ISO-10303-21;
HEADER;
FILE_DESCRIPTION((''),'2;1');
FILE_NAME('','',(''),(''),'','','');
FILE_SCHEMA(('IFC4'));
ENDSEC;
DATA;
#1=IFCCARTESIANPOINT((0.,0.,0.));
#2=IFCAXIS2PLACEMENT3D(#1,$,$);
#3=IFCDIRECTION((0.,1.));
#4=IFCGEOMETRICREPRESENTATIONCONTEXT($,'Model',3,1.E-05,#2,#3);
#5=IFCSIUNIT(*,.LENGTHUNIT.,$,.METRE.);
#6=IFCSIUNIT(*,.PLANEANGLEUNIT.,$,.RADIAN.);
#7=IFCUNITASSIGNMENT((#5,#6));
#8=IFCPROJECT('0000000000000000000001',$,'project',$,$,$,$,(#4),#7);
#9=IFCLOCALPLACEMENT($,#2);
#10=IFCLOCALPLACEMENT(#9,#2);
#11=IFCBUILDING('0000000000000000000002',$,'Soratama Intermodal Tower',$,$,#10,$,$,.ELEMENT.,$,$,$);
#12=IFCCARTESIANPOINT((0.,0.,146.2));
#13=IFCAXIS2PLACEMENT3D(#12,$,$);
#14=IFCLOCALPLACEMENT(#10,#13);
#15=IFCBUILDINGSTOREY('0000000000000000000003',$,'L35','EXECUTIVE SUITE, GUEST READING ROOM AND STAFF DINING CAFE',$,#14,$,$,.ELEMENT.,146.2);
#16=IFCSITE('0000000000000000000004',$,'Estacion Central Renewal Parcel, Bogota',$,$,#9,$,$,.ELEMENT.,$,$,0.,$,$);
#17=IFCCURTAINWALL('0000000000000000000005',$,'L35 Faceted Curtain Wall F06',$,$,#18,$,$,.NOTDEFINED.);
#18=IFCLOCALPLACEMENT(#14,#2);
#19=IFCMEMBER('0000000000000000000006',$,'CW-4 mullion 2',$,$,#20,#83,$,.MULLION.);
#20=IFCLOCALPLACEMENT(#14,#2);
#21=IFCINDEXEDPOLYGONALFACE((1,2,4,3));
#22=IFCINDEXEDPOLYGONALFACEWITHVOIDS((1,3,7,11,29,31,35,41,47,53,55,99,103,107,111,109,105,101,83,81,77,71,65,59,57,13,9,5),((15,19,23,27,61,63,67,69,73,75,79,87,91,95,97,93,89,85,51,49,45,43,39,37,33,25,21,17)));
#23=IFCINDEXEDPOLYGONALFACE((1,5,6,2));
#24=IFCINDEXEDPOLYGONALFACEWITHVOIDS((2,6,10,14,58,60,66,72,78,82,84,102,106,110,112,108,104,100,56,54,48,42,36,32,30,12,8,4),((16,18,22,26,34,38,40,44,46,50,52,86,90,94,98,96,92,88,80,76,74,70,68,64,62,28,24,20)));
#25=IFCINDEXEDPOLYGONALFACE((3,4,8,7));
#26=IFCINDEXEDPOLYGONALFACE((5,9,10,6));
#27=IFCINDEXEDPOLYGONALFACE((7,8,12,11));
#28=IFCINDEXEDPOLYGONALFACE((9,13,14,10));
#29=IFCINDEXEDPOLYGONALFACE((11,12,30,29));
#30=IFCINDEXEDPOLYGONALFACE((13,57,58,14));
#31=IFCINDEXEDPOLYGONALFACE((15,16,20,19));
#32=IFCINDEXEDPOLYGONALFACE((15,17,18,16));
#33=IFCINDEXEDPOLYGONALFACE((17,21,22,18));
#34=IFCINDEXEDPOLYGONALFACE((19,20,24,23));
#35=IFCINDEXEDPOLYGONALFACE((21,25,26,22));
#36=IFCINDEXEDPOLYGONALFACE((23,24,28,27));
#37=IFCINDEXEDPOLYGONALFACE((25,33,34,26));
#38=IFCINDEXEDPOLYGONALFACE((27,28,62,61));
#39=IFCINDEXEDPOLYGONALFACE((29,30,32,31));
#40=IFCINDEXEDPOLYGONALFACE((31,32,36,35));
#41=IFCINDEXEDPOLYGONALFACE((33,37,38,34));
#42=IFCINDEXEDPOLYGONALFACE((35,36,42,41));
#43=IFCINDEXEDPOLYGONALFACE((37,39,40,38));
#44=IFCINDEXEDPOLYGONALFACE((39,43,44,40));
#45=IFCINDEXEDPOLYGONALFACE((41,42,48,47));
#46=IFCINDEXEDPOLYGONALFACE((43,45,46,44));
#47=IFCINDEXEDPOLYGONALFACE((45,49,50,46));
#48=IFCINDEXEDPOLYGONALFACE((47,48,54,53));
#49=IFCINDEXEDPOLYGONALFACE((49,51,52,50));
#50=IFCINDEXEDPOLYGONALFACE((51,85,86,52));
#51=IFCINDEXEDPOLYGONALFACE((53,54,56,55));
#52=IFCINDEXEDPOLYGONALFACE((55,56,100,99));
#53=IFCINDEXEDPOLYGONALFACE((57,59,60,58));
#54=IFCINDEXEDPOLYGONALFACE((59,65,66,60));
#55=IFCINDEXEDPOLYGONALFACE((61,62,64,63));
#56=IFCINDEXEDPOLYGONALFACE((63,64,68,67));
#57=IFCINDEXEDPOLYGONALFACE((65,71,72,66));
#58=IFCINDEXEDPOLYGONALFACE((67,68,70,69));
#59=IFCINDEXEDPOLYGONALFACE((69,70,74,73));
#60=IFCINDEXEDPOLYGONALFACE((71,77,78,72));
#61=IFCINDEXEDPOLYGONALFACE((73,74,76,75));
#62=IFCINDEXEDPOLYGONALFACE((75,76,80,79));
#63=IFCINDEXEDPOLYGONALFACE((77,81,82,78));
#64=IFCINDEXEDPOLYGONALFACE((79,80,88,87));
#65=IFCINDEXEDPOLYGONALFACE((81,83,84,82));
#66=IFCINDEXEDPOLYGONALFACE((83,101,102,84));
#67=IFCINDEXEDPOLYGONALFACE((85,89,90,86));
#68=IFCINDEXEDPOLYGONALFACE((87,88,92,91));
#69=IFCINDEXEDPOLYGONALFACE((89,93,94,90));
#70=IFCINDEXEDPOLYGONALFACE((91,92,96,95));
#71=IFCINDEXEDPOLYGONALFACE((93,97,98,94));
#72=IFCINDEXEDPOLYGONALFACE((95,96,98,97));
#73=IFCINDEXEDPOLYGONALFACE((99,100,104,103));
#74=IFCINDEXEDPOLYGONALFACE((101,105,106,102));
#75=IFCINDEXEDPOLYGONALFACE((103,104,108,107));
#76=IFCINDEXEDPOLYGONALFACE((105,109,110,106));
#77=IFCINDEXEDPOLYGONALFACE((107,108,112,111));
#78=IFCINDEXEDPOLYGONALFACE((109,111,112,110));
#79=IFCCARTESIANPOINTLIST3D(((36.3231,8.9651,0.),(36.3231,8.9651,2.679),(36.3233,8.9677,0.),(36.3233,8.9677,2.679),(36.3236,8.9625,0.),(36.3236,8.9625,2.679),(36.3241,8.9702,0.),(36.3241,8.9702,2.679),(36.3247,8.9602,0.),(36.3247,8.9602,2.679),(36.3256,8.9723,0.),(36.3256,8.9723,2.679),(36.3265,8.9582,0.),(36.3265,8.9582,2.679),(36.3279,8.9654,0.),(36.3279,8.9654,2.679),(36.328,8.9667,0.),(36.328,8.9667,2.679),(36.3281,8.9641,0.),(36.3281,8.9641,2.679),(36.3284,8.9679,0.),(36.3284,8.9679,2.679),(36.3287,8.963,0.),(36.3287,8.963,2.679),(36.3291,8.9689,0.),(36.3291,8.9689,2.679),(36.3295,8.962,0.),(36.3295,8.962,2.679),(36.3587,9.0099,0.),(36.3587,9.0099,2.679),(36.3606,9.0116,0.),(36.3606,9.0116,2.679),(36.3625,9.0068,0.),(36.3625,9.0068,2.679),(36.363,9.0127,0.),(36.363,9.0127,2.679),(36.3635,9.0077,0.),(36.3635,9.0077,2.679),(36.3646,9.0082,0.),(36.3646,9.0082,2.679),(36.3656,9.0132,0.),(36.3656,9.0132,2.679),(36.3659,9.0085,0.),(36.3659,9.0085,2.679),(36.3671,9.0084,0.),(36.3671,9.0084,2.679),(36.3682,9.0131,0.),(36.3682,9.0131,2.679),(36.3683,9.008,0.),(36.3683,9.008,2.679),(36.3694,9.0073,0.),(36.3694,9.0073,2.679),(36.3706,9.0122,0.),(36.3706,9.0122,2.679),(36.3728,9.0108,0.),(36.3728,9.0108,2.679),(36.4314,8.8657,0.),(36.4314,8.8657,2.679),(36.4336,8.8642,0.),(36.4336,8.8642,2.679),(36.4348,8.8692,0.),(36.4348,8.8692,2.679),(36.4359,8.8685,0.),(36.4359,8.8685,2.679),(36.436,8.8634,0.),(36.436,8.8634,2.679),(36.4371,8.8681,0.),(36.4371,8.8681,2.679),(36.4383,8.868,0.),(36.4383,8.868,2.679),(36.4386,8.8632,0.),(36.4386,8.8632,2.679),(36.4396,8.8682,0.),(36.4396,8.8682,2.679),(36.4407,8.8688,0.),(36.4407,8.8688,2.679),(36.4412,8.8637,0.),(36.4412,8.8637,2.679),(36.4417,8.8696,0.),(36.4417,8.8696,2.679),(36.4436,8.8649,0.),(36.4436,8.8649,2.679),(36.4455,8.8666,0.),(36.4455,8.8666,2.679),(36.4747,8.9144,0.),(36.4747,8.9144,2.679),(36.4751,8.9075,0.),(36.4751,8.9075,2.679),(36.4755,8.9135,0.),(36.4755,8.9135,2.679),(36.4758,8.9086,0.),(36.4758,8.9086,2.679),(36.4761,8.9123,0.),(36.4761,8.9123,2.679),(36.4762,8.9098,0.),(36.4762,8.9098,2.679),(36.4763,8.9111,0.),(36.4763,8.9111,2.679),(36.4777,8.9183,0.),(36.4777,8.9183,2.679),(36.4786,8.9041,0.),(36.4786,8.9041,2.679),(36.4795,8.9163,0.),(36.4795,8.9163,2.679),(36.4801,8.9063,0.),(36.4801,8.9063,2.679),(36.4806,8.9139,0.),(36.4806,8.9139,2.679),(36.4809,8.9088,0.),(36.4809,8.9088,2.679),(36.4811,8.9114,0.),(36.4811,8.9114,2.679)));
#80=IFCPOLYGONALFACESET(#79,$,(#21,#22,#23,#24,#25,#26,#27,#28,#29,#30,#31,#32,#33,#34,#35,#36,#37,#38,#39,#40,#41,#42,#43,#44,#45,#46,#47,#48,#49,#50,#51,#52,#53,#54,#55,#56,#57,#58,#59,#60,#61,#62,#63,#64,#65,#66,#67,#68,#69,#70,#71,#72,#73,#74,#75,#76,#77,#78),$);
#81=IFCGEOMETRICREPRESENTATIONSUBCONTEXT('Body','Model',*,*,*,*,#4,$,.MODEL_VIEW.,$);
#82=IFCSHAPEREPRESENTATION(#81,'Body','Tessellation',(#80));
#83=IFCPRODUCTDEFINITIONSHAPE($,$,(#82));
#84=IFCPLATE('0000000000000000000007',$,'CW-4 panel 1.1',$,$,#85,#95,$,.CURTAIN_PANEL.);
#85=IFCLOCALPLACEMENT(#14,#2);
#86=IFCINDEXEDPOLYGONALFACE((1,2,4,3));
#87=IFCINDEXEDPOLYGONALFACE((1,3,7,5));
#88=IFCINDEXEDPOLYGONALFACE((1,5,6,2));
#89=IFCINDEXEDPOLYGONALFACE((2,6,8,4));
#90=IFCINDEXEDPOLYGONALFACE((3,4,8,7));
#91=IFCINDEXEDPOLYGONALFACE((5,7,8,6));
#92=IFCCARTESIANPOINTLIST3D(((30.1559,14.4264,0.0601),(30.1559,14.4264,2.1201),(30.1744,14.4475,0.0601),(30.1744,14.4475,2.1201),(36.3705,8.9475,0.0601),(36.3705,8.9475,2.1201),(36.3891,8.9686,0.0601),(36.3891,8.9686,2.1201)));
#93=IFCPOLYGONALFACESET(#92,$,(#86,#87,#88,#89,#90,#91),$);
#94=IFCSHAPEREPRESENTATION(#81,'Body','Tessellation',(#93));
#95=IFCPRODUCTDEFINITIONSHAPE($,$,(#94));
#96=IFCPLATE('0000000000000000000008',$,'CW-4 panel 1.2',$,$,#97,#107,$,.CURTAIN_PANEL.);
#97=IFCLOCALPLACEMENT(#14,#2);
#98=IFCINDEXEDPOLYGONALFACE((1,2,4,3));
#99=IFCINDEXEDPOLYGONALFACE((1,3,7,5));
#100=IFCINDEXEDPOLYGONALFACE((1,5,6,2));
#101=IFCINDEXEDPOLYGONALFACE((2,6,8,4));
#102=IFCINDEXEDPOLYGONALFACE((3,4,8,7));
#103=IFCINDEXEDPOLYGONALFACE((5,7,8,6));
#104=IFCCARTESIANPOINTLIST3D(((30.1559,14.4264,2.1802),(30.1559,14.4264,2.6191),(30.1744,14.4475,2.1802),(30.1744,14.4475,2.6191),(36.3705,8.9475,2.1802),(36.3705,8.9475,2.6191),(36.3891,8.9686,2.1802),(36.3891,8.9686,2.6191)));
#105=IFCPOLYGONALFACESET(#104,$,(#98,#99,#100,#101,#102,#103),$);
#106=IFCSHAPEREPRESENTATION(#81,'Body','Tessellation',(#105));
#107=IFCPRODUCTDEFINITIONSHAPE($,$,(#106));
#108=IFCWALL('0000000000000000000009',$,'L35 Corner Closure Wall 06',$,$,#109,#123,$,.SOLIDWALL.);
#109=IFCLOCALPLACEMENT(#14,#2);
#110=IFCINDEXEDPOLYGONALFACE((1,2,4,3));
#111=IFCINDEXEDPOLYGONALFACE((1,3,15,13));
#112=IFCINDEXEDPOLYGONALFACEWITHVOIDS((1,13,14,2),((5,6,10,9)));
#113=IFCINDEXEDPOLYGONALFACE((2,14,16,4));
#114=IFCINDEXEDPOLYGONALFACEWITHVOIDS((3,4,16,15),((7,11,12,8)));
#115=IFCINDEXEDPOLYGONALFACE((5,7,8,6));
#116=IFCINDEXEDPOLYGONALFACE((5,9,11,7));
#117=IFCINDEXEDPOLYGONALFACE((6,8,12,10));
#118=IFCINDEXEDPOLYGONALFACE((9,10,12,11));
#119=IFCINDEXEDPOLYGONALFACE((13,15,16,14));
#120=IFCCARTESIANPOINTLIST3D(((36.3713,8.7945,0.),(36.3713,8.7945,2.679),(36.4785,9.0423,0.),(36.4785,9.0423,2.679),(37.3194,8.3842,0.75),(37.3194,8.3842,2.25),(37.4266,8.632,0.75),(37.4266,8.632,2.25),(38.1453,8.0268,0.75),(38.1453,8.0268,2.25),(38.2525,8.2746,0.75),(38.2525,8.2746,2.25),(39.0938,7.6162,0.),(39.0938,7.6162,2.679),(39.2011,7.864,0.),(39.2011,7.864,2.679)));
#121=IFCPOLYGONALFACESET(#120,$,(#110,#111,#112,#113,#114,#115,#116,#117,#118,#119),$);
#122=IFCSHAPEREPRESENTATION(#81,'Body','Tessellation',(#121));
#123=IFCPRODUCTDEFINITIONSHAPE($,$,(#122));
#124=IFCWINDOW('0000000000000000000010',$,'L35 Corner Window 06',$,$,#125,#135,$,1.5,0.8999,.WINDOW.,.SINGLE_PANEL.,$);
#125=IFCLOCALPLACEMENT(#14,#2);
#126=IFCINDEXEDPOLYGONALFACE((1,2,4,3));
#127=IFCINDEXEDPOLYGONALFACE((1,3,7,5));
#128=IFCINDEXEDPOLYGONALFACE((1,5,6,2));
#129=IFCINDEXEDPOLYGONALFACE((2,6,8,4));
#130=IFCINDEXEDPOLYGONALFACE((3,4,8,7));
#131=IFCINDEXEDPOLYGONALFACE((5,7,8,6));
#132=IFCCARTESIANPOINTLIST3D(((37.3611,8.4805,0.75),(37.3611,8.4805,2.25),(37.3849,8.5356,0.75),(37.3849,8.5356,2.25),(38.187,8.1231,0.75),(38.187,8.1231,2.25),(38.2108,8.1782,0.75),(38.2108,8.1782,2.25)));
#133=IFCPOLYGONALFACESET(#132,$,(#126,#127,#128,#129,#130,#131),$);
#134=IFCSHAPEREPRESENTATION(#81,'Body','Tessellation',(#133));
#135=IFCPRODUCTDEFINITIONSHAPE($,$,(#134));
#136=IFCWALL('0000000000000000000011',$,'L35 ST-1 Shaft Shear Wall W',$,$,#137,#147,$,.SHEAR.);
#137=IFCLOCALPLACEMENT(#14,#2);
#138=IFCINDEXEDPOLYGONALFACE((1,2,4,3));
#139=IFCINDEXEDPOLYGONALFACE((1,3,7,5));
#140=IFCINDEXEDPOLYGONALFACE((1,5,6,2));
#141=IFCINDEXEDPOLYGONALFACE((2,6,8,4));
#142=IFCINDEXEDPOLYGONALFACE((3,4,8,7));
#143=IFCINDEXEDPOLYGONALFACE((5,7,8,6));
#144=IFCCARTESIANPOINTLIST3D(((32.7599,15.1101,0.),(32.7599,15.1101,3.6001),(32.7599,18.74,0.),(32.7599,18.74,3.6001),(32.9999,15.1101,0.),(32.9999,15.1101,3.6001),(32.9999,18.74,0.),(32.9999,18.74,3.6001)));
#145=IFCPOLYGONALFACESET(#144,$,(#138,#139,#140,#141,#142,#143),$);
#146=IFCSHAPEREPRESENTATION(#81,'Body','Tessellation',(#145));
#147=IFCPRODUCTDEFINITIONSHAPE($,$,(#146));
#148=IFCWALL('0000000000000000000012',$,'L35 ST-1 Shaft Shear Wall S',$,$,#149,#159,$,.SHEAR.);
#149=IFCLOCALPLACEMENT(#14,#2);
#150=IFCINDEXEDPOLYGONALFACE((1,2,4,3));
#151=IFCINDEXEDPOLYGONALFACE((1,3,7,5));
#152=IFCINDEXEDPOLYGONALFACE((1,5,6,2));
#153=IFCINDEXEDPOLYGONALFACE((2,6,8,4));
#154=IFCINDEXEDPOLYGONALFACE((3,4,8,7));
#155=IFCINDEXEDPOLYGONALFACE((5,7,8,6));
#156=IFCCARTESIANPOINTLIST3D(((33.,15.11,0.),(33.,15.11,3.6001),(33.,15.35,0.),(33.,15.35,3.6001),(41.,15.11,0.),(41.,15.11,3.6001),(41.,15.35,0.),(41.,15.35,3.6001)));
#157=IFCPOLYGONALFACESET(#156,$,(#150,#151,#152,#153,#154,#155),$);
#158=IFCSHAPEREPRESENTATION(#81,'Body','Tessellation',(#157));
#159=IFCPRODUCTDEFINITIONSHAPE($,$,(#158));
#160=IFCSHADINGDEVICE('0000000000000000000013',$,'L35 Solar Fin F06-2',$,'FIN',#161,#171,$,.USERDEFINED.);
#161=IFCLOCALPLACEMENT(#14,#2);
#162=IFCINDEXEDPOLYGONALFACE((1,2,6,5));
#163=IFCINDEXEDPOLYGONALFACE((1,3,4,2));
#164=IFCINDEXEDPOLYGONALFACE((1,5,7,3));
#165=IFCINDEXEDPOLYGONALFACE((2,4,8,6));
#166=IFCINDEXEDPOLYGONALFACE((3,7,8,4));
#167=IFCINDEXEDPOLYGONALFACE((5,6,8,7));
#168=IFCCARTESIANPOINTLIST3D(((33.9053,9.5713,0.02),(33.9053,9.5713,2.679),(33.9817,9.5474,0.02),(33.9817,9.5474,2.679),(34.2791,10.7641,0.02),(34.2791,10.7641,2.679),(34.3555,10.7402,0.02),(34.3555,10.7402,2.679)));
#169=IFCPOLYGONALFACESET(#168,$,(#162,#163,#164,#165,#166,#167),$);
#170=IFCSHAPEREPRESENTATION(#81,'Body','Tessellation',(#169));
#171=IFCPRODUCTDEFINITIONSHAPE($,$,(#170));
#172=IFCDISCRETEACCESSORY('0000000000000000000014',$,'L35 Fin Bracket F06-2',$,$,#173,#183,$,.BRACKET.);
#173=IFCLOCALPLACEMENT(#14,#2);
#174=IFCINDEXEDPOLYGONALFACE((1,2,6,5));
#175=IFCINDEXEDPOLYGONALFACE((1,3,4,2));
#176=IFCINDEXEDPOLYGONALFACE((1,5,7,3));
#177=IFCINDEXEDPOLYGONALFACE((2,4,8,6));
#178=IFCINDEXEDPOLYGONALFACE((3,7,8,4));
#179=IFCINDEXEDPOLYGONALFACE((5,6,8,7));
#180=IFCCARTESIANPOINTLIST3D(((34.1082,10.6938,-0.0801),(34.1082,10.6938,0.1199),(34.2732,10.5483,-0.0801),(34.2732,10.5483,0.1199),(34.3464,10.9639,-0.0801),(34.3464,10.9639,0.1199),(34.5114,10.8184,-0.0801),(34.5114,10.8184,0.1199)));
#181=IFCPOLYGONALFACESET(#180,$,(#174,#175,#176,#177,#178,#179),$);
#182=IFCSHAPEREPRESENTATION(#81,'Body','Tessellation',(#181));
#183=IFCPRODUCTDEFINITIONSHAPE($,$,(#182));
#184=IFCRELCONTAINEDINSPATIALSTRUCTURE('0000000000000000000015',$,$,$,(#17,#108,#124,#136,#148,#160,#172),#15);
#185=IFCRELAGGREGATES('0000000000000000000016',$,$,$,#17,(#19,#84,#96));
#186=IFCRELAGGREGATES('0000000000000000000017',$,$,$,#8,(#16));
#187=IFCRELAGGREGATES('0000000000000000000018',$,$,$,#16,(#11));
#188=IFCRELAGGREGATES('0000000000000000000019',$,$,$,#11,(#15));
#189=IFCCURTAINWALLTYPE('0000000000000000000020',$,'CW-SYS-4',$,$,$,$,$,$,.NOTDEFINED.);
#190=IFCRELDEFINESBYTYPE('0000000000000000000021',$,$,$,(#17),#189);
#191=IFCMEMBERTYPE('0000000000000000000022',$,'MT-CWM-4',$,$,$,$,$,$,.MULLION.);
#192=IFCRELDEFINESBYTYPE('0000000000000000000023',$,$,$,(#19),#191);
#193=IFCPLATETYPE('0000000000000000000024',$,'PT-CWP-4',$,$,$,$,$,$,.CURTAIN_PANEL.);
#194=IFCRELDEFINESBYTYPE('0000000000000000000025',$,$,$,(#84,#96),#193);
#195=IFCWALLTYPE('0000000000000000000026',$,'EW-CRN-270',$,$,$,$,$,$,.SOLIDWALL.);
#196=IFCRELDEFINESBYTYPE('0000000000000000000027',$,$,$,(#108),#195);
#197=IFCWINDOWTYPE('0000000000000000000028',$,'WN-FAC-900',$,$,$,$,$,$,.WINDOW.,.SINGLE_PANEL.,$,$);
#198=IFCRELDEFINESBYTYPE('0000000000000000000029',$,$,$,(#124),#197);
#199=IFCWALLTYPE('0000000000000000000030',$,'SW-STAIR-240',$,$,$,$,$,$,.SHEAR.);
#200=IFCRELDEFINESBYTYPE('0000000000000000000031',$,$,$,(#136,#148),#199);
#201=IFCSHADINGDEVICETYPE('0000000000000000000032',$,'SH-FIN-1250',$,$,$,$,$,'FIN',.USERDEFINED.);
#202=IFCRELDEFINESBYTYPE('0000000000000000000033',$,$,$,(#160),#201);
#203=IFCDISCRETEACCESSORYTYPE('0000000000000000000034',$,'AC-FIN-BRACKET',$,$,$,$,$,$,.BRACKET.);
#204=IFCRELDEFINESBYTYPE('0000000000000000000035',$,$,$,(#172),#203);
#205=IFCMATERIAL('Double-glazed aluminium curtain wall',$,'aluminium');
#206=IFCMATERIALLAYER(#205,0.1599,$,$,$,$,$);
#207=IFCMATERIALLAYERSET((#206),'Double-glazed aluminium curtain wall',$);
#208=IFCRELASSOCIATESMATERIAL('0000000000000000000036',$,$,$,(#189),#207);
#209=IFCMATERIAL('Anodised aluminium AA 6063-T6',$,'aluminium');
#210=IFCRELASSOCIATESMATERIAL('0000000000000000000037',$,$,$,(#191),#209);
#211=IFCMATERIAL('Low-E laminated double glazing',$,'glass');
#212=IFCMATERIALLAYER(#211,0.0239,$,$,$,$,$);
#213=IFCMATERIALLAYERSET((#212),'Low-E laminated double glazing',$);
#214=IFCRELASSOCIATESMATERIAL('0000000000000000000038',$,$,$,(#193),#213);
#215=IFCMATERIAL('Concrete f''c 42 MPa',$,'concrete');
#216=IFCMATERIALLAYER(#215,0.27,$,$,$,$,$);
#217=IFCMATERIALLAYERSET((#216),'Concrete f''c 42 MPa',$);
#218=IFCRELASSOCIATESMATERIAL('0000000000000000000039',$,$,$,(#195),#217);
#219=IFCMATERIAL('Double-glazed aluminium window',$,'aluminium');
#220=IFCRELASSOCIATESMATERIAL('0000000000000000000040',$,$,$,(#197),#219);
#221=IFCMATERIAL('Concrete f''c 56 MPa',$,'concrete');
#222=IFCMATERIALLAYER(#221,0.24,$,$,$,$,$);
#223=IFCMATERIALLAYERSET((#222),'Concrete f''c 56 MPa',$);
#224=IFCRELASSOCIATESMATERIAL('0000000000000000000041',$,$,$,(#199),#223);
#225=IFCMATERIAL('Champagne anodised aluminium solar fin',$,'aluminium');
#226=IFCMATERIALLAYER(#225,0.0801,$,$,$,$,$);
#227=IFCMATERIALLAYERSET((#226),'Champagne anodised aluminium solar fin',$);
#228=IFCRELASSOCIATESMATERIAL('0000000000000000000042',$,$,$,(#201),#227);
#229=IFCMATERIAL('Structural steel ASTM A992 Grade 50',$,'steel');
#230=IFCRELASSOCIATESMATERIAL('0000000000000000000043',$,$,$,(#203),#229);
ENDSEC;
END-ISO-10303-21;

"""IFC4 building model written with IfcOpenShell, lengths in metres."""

from ifc_helpers import new_model, si_unit, direction, frame, frame_2d, origin, origin_2d, place, context, subcontext, project, spatial, rectangle, hollow_rectangle, extrude, material, layer, layer_set, material_profile, profile_set, type_object, element, fill, aggregate, save


model = new_model("IFC4")

# Units and contexts
model_context = context("Model", 3, precision=1e-05, world=origin(), true_north=direction((0.0, 1.0)))
body_context = subcontext(model_context, "Body", "Model", "MODEL_VIEW")
ifc_project = project(units=[si_unit("LENGTHUNIT", "METRE"), si_unit("PLANEANGLEUNIT", "RADIAN")], contexts=[model_context])

# Site, building, storey
site_placement = place(None, origin())
site = spatial("IfcSite", under=ifc_project, at=site_placement, Name="Estacion Central Renewal Parcel, Bogota", CompositionType="ELEMENT", RefElevation=0.0)
building_placement = place(site_placement, origin())
building = spatial("IfcBuilding", under=site, at=building_placement, Name="Soratama Intermodal Tower", CompositionType="ELEMENT")
storey_placement = place(building_placement, frame((0.0, 0.0, 146.2)))
storey = spatial("IfcBuildingStorey", under=building, at=storey_placement, Name="L35", Description="EXECUTIVE SUITE, GUEST READING ROOM AND STAFF DINING CAFE", CompositionType="ELEMENT", Elevation=146.2)

# Curtain wall, member, plates
ifc_material_1 = material(Name="Double-glazed aluminium curtain wall", Category="aluminium")
ifc_layer_1 = layer(ifc_material_1, 0.1599)
ifc_layer_set_1 = layer_set([ifc_layer_1], Name="Double-glazed aluminium curtain wall")
curtain_wall_type = type_object("IfcCurtainWallType", Name="CW-SYS-4", PredefinedType="NOTDEFINED", material=ifc_layer_set_1)
curtain_wall_placement = place(storey_placement, origin())
curtain_wall = element("IfcCurtainWall", 1, at=curtain_wall_placement, inside=storey, type_object=curtain_wall_type, Name="L35 Faceted Curtain Wall F06", PredefinedType="NOTDEFINED")
ifc_material_2 = material(Name="Anodised aluminium AA 6063-T6", Category="aluminium")
ifc_material_profile_1 = material_profile(ifc_material_2, hollow_rectangle(XDim=0.0701, YDim=0.1599, WallThickness=0.0049, InnerFilletRadius=0.0049, OuterFilletRadius=0.01, at=origin_2d()), Name="CWM160X70X5")
ifc_profile_set_1 = profile_set([ifc_material_profile_1], Name="Anodised aluminium AA 6063-T6")
member_type = type_object("IfcMemberType", Name="MT-CWM-4", PredefinedType="MULLION", material=ifc_profile_set_1)
member_placement = place(storey_placement, frame((36.4021, 8.9382, 0.0), z_axis=(0.0, 0.0, 1.0), x_axis=(0.661309, 0.750113, 0.0)))
member = element("IfcMember", 2, at=member_placement, type_object=member_type, Name="CW-4 mullion 2", PredefinedType="MULLION", context=body_context, shape_type="SweptSolid", body=[
    extrude(hollow_rectangle(XDim=0.0701, YDim=0.1599, WallThickness=0.0049, InnerFilletRadius=0.0049, OuterFilletRadius=0.01, at=origin_2d()), origin(), (0.0, 0.0, 1.0), 2.679),
])
ifc_material_3 = material(Name="Low-E laminated double glazing", Category="glass")
ifc_layer_2 = layer(ifc_material_3, 0.0239)
ifc_layer_set_2 = layer_set([ifc_layer_2], Name="Low-E laminated double glazing")
plate_type = type_object("IfcPlateType", Name="PT-CWP-4", PredefinedType="CURTAIN_PANEL", material=ifc_layer_set_2)
plate_1_placement = place(storey_placement, frame((33.2725, 11.6975, 0.0601), z_axis=(0.0, 0.0, 1.0), x_axis=(0.750113, -0.661309, 0.0)))
plate_1 = element("IfcPlate", 3, at=plate_1_placement, type_object=plate_type, Name="CW-4 panel 1.1", PredefinedType="CURTAIN_PANEL", context=body_context, shape_type="SweptSolid", body=[
    extrude(rectangle(XDim=8.2849, YDim=0.0281, at=origin_2d()), origin(), (0.0, 0.0, 1.0), 2.0601),
])
plate_2_placement = place(storey_placement, frame((33.2725, 11.6975, 2.1802), z_axis=(0.0, 0.0, 1.0), x_axis=(0.750113, -0.661309, 0.0)))
plate_2 = element("IfcPlate", 4, at=plate_2_placement, type_object=plate_type, Name="CW-4 panel 1.2", PredefinedType="CURTAIN_PANEL", context=body_context, shape_type="SweptSolid", body=[
    extrude(rectangle(XDim=8.2849, YDim=0.0281, at=origin_2d()), origin(), (0.0, 0.0, 1.0), 0.439),
])
aggregate(curtain_wall, [member, plate_1, plate_2])

# Wall, opening, window
ifc_material_4 = material(Name="Concrete f'c 42 MPa", Category="concrete")
ifc_layer_3 = layer(ifc_material_4, 0.27)
ifc_layer_set_3 = layer_set([ifc_layer_3], Name="Concrete f'c 42 MPa")
wall_type_1 = type_object("IfcWallType", Name="EW-CRN-270", PredefinedType="SOLIDWALL", material=ifc_layer_set_3)
wall_1_placement = place(storey_placement, frame((36.4248, 8.9185, 0.0), z_axis=(0.0, 0.0, 1.0), x_axis=(0.917739, -0.397185, 0.0)))
wall_1 = element("IfcWall", 5, at=wall_1_placement, inside=storey, type_object=wall_type_1, Name="L35 Corner Closure Wall 06", PredefinedType="SOLIDWALL", context=body_context, shape_type="SweptSolid", body=[
    extrude(rectangle(XDim=2.9666, YDim=0.27, at=frame_2d((1.4834, 0.0))), origin(), (0.0, 0.0, 1.0), 2.679),
])
opening_1_placement = place(wall_1_placement, frame((1.0332, 0.0, 0.75)))
opening_1 = element("IfcOpeningElement", 6, at=opening_1_placement, cuts=wall_1, PredefinedType="OPENING", context=body_context, shape_type="SweptSolid", body=[
    extrude(rectangle(XDim=0.8999, YDim=1.5, at=frame_2d((0.45, 0.75))), frame((0.0, 0.145, 0.0), z_axis=(0.0, -1.0, 0.0), x_axis=(1.0, 0.0, 0.0)), (0.0, 0.0, 1.0), 0.29),
])
ifc_material_5 = material(Name="Double-glazed aluminium window", Category="aluminium")
window_type_1 = type_object("IfcWindowType", Name="WN-FAC-900", PartitioningType="SINGLE_PANEL", PredefinedType="WINDOW", material=ifc_material_5)
window_1_placement = place(opening_1_placement, origin())
window_1 = element("IfcWindow", 7, at=window_1_placement, inside=storey, type_object=window_type_1, Name="L35 Corner Window 06", OverallHeight=1.5, OverallWidth=0.8999, PartitioningType="SINGLE_PANEL", PredefinedType="WINDOW", context=body_context, shape_type="SweptSolid", body=[
    extrude(rectangle(XDim=0.8999, YDim=1.5, at=frame_2d((0.45, 0.75))), frame((0.0, 0.03, 0.0), z_axis=(0.0, -1.0, 0.0), x_axis=(1.0, 0.0, 0.0)), (0.0, 0.0, 1.0), 0.0601),
])
fill(opening_1, window_1)

# Wall
ifc_material_6 = material(Name="Concrete f'c 56 MPa", Category="concrete")
ifc_layer_4 = layer(ifc_material_6, 0.24)
ifc_layer_set_4 = layer_set([ifc_layer_4], Name="Concrete f'c 56 MPa")
wall_type_2 = type_object("IfcWallType", Name="SW-STAIR-240", PredefinedType="SHEAR", material=ifc_layer_set_4)
wall_2_placement = place(storey_placement, frame((32.8799, 15.1101, 0.0), z_axis=(0.0, 0.0, 1.0), x_axis=(0.0, 1.0, 0.0)))
element("IfcWall", 8, at=wall_2_placement, inside=storey, type_object=wall_type_2, Name="L35 ST-1 Shaft Shear Wall W", PredefinedType="SHEAR", context=body_context, shape_type="SweptSolid", body=[
    extrude(rectangle(XDim=3.6299, YDim=0.24, at=frame_2d((1.8149, 0.0))), origin(), (0.0, 0.0, 1.0), 3.6001),
])

# Wall
wall_3_placement = place(storey_placement, frame((33.0, 15.23, 0.0), z_axis=(0.0, 0.0, 1.0), x_axis=(1.0, 0.0, 0.0)))
element("IfcWall", 9, at=wall_3_placement, inside=storey, type_object=wall_type_2, Name="L35 ST-1 Shaft Shear Wall S", PredefinedType="SHEAR", context=body_context, shape_type="SweptSolid", body=[
    extrude(rectangle(XDim=8.0, YDim=0.24, at=frame_2d((4.0, 0.0))), origin(), (0.0, 0.0, 1.0), 3.6001),
])

# Shading device
ifc_material_7 = material(Name="Champagne anodised aluminium solar fin", Category="aluminium")
ifc_layer_5 = layer(ifc_material_7, 0.0801)
ifc_layer_set_5 = layer_set([ifc_layer_5], Name="Champagne anodised aluminium solar fin")
shading_device_type = type_object("IfcShadingDeviceType", Name="SH-FIN-1250", ElementType="FIN", PredefinedType="USERDEFINED", material=ifc_layer_set_5)
shading_device_placement = place(storey_placement, frame((34.1304, 10.1558, 0.02), z_axis=(0.0, 0.0, 1.0), x_axis=(-0.299041, -0.95424, 0.0)))
element("IfcShadingDevice", 10, at=shading_device_placement, inside=storey, type_object=shading_device_type, Name="L35 Solar Fin F06-2", ObjectType="FIN", PredefinedType="USERDEFINED", context=body_context, shape_type="SweptSolid", body=[
    extrude(rectangle(XDim=1.25, YDim=0.0801, at=origin_2d()), origin(), (0.0, 0.0, 1.0), 2.6589),
])

# Discrete accessory
ifc_material_8 = material(Name="Structural steel ASTM A992 Grade 50", Category="steel")
discrete_accessory_type = type_object("IfcDiscreteAccessoryType", Name="AC-FIN-BRACKET", PredefinedType="BRACKET", material=ifc_material_8)
discrete_accessory_placement = place(storey_placement, frame((34.3098, 10.7561, -0.0801), z_axis=(0.0, 0.0, 1.0), x_axis=(-0.661312, -0.750111, 0.0)))
element("IfcDiscreteAccessory", 11, at=discrete_accessory_placement, inside=storey, type_object=discrete_accessory_type, Name="L35 Fin Bracket F06-2", PredefinedType="BRACKET", context=body_context, shape_type="SweptSolid", body=[
    extrude(rectangle(XDim=0.3601, YDim=0.22, at=origin_2d()), origin(), (0.0, 0.0, 1.0), 0.2),
])

save(model, "model.ifc")
